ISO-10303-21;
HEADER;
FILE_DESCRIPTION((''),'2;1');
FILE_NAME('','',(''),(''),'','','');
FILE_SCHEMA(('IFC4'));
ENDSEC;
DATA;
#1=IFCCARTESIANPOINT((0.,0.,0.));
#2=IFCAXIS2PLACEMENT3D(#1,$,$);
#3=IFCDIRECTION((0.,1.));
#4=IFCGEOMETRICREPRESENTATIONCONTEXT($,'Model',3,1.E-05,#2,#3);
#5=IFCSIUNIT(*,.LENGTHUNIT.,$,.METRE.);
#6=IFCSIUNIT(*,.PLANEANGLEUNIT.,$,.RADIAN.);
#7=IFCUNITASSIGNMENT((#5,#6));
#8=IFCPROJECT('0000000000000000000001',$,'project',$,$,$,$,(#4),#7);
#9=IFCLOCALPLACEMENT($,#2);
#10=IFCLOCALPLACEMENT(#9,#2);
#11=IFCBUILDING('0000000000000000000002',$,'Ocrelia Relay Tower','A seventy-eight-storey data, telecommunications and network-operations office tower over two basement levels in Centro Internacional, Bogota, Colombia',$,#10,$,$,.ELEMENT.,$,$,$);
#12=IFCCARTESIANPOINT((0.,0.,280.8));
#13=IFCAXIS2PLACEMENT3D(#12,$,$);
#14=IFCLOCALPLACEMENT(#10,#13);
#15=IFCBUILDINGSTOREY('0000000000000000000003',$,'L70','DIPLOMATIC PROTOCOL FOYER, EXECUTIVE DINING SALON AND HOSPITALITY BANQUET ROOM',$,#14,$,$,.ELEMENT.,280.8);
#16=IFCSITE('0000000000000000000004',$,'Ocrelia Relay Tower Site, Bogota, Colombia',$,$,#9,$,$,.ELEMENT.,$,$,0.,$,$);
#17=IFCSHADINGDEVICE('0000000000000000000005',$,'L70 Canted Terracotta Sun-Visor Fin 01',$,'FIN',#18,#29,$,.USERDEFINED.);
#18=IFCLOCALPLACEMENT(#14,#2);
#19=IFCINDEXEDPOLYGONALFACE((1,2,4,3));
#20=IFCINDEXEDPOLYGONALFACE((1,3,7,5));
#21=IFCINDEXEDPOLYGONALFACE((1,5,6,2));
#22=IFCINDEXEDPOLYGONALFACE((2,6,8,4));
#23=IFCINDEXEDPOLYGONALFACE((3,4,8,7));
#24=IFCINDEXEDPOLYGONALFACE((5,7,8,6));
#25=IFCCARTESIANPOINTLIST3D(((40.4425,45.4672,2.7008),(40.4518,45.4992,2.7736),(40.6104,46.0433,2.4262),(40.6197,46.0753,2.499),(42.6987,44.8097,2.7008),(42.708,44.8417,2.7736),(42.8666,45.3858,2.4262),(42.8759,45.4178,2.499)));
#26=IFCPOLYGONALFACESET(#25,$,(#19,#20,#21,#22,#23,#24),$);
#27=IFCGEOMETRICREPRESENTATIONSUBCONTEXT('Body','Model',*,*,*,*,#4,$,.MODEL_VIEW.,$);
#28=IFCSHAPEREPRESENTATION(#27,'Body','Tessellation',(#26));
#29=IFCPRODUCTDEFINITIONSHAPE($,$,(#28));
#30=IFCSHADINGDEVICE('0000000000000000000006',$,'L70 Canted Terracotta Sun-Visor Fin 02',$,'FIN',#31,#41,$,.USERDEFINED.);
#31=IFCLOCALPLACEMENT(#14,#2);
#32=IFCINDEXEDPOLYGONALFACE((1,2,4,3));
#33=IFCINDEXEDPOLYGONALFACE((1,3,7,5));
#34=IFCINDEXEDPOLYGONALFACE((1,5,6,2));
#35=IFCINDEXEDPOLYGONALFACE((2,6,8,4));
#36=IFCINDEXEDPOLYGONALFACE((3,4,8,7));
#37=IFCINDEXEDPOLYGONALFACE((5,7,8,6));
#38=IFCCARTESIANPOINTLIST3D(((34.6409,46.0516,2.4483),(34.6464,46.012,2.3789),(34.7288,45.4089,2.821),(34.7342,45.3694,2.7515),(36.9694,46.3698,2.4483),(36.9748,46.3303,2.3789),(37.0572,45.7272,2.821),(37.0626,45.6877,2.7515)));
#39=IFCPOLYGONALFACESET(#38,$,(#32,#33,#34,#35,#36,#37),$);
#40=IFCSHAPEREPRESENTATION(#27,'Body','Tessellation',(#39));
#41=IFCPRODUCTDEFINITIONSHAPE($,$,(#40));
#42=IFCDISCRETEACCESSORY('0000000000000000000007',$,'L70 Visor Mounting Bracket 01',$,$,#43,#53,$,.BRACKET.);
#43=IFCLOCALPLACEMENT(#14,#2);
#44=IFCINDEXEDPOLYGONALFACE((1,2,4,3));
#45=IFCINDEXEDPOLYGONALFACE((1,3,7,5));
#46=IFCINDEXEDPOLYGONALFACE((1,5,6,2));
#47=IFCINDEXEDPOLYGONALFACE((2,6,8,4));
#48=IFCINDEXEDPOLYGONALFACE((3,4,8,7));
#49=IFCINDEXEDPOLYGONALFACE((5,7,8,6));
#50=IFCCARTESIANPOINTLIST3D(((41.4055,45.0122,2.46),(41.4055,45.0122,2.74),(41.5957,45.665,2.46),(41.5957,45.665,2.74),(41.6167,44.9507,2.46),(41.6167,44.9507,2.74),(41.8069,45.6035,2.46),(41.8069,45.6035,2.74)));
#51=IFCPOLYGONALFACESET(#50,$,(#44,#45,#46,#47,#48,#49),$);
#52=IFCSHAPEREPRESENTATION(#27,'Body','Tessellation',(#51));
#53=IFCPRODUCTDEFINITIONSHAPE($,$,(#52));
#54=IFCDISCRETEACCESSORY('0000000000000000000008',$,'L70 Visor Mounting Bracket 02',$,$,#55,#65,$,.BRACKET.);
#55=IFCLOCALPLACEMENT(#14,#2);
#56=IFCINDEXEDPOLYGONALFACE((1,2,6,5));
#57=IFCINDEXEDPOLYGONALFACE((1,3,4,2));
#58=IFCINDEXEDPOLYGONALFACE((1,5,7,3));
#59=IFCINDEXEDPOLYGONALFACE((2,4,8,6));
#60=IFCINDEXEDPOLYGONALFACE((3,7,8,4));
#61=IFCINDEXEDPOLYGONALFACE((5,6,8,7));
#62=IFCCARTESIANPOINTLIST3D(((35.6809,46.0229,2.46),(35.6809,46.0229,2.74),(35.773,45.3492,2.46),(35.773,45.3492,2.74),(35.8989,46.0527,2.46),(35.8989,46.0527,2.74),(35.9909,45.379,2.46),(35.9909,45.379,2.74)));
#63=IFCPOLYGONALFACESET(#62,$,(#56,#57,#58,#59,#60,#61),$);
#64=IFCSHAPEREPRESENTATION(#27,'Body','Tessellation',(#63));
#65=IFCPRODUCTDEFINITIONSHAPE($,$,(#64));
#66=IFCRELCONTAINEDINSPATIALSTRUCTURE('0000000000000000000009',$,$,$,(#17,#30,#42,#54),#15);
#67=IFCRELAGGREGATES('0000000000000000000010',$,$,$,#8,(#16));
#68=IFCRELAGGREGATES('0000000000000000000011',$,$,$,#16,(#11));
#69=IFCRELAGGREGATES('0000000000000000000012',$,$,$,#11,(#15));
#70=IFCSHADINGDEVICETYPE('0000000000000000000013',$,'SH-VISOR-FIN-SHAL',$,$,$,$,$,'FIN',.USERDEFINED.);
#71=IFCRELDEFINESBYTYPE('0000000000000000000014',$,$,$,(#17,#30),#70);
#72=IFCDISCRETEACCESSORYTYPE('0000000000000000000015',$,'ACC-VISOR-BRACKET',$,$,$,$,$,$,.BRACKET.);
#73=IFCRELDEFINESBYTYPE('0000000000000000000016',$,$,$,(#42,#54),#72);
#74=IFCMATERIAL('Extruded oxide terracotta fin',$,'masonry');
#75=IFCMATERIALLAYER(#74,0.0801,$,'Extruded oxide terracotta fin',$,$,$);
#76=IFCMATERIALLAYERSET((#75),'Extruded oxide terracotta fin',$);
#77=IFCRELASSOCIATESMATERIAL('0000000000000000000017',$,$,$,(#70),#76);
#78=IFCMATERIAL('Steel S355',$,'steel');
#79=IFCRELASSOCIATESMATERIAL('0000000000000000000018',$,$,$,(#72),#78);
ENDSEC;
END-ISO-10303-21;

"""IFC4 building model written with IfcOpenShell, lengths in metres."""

from ifc_helpers import new_model, si_unit, direction, frame, origin, origin_2d, place, context, subcontext, project, spatial, rectangle, extrude, material, layer, layer_set, type_object, element, save


model = new_model("IFC4")

# Units and contexts
model_context = context("Model", 3, precision=1e-05, world=origin(), true_north=direction((0.0, 1.0)))
body_context = subcontext(model_context, "Body", "Model", "MODEL_VIEW")
ifc_project = project(units=[si_unit("LENGTHUNIT", "METRE"), si_unit("PLANEANGLEUNIT", "RADIAN")], contexts=[model_context])

# Site, building, storey
site_placement = place(None, origin())
site = spatial("IfcSite", under=ifc_project, at=site_placement, Name="Ocrelia Relay Tower Site, Bogota, Colombia", CompositionType="ELEMENT", RefElevation=0.0)
building_placement = place(site_placement, origin())
building = spatial("IfcBuilding", under=site, at=building_placement, Name="Ocrelia Relay Tower", Description="A seventy-eight-storey data, telecommunications and network-operations office tower over two basement levels in Centro Internacional, Bogota, Colombia", CompositionType="ELEMENT")
storey_placement = place(building_placement, frame((0.0, 0.0, 280.8)))
storey = spatial("IfcBuildingStorey", under=building, at=storey_placement, Name="L70", Description="DIPLOMATIC PROTOCOL FOYER, EXECUTIVE DINING SALON AND HOSPITALITY BANQUET ROOM", CompositionType="ELEMENT", Elevation=280.8)

# Shared definitions
ifc_material_1 = material(Name="Steel S355", Category="steel")

# Shading devices
ifc_material_2 = material(Name="Extruded oxide terracotta fin", Category="masonry")
ifc_layer_1 = layer(ifc_material_2, 0.0801, Name="Extruded oxide terracotta fin")
ifc_layer_set_1 = layer_set([ifc_layer_1], Name="Extruded oxide terracotta fin")
shading_device_type_1 = type_object("IfcShadingDeviceType", Name="SH-VISOR-FIN-SHAL", ElementType="FIN", PredefinedType="USERDEFINED", material=ifc_layer_set_1)
shading_device_1_placement = place(storey_placement, frame((41.6545, 45.4265, 2.5635), z_axis=(0.116426, 0.399503, 0.909309), x_axis=(-0.960062, 0.279787, 0.0)))
element("IfcShadingDevice", 1, at=shading_device_1_placement, inside=storey, type_object=shading_device_type_1, Name="L70 Canted Terracotta Sun-Visor Fin 01", ObjectType="FIN", PredefinedType="USERDEFINED", context=body_context, shape_type="SweptSolid", body=[
    extrude(rectangle(XDim=2.3501, YDim=0.6599, at=origin_2d()), origin(), (0.0, 0.0, 1.0), 0.0801),
])
shading_device_2_placement = place(storey_placement, frame((35.8545, 45.8499, 2.5652), z_axis=(-0.067465, 0.493596, 0.867071), x_axis=(-0.990788, -0.135421, 0.0)))
element("IfcShadingDevice", 2, at=shading_device_2_placement, inside=storey, type_object=shading_device_type_1, Name="L70 Canted Terracotta Sun-Visor Fin 02", ObjectType="FIN", PredefinedType="USERDEFINED", context=body_context, shape_type="SweptSolid", body=[
    extrude(rectangle(XDim=2.3501, YDim=0.748, at=origin_2d()), origin(), (0.0, 0.0, 1.0), 0.0801),
])

# Discrete accessories
discrete_accessory_type = type_object("IfcDiscreteAccessoryType", Name="ACC-VISOR-BRACKET", PredefinedType="BRACKET", material=ifc_material_1)
for number, where, z_axis, x_axis, name in (
    (3, (41.6062, 45.3079, 2.46), (0.0, 0.0, 1.0), (-0.960062, 0.279787, 0.0), "L70 Visor Mounting Bracket 01"),
    (4, (35.8359, 45.7009, 2.46), (0.0, 0.0, 1.0), (-0.990788, -0.135421, 0.0), "L70 Visor Mounting Bracket 02"),
):
    element("IfcDiscreteAccessory", number, at=place(storey_placement, frame(where, z_axis=z_axis, x_axis=x_axis)), inside=storey, type_object=discrete_accessory_type, Name=name, PredefinedType="BRACKET", context=body_context, shape_type="SweptSolid", body=[
        extrude(rectangle(XDim=0.22, YDim=0.6799, at=origin_2d()), origin(), (0.0, 0.0, 1.0), 0.28),
    ])

save(model, "model.ifc")
